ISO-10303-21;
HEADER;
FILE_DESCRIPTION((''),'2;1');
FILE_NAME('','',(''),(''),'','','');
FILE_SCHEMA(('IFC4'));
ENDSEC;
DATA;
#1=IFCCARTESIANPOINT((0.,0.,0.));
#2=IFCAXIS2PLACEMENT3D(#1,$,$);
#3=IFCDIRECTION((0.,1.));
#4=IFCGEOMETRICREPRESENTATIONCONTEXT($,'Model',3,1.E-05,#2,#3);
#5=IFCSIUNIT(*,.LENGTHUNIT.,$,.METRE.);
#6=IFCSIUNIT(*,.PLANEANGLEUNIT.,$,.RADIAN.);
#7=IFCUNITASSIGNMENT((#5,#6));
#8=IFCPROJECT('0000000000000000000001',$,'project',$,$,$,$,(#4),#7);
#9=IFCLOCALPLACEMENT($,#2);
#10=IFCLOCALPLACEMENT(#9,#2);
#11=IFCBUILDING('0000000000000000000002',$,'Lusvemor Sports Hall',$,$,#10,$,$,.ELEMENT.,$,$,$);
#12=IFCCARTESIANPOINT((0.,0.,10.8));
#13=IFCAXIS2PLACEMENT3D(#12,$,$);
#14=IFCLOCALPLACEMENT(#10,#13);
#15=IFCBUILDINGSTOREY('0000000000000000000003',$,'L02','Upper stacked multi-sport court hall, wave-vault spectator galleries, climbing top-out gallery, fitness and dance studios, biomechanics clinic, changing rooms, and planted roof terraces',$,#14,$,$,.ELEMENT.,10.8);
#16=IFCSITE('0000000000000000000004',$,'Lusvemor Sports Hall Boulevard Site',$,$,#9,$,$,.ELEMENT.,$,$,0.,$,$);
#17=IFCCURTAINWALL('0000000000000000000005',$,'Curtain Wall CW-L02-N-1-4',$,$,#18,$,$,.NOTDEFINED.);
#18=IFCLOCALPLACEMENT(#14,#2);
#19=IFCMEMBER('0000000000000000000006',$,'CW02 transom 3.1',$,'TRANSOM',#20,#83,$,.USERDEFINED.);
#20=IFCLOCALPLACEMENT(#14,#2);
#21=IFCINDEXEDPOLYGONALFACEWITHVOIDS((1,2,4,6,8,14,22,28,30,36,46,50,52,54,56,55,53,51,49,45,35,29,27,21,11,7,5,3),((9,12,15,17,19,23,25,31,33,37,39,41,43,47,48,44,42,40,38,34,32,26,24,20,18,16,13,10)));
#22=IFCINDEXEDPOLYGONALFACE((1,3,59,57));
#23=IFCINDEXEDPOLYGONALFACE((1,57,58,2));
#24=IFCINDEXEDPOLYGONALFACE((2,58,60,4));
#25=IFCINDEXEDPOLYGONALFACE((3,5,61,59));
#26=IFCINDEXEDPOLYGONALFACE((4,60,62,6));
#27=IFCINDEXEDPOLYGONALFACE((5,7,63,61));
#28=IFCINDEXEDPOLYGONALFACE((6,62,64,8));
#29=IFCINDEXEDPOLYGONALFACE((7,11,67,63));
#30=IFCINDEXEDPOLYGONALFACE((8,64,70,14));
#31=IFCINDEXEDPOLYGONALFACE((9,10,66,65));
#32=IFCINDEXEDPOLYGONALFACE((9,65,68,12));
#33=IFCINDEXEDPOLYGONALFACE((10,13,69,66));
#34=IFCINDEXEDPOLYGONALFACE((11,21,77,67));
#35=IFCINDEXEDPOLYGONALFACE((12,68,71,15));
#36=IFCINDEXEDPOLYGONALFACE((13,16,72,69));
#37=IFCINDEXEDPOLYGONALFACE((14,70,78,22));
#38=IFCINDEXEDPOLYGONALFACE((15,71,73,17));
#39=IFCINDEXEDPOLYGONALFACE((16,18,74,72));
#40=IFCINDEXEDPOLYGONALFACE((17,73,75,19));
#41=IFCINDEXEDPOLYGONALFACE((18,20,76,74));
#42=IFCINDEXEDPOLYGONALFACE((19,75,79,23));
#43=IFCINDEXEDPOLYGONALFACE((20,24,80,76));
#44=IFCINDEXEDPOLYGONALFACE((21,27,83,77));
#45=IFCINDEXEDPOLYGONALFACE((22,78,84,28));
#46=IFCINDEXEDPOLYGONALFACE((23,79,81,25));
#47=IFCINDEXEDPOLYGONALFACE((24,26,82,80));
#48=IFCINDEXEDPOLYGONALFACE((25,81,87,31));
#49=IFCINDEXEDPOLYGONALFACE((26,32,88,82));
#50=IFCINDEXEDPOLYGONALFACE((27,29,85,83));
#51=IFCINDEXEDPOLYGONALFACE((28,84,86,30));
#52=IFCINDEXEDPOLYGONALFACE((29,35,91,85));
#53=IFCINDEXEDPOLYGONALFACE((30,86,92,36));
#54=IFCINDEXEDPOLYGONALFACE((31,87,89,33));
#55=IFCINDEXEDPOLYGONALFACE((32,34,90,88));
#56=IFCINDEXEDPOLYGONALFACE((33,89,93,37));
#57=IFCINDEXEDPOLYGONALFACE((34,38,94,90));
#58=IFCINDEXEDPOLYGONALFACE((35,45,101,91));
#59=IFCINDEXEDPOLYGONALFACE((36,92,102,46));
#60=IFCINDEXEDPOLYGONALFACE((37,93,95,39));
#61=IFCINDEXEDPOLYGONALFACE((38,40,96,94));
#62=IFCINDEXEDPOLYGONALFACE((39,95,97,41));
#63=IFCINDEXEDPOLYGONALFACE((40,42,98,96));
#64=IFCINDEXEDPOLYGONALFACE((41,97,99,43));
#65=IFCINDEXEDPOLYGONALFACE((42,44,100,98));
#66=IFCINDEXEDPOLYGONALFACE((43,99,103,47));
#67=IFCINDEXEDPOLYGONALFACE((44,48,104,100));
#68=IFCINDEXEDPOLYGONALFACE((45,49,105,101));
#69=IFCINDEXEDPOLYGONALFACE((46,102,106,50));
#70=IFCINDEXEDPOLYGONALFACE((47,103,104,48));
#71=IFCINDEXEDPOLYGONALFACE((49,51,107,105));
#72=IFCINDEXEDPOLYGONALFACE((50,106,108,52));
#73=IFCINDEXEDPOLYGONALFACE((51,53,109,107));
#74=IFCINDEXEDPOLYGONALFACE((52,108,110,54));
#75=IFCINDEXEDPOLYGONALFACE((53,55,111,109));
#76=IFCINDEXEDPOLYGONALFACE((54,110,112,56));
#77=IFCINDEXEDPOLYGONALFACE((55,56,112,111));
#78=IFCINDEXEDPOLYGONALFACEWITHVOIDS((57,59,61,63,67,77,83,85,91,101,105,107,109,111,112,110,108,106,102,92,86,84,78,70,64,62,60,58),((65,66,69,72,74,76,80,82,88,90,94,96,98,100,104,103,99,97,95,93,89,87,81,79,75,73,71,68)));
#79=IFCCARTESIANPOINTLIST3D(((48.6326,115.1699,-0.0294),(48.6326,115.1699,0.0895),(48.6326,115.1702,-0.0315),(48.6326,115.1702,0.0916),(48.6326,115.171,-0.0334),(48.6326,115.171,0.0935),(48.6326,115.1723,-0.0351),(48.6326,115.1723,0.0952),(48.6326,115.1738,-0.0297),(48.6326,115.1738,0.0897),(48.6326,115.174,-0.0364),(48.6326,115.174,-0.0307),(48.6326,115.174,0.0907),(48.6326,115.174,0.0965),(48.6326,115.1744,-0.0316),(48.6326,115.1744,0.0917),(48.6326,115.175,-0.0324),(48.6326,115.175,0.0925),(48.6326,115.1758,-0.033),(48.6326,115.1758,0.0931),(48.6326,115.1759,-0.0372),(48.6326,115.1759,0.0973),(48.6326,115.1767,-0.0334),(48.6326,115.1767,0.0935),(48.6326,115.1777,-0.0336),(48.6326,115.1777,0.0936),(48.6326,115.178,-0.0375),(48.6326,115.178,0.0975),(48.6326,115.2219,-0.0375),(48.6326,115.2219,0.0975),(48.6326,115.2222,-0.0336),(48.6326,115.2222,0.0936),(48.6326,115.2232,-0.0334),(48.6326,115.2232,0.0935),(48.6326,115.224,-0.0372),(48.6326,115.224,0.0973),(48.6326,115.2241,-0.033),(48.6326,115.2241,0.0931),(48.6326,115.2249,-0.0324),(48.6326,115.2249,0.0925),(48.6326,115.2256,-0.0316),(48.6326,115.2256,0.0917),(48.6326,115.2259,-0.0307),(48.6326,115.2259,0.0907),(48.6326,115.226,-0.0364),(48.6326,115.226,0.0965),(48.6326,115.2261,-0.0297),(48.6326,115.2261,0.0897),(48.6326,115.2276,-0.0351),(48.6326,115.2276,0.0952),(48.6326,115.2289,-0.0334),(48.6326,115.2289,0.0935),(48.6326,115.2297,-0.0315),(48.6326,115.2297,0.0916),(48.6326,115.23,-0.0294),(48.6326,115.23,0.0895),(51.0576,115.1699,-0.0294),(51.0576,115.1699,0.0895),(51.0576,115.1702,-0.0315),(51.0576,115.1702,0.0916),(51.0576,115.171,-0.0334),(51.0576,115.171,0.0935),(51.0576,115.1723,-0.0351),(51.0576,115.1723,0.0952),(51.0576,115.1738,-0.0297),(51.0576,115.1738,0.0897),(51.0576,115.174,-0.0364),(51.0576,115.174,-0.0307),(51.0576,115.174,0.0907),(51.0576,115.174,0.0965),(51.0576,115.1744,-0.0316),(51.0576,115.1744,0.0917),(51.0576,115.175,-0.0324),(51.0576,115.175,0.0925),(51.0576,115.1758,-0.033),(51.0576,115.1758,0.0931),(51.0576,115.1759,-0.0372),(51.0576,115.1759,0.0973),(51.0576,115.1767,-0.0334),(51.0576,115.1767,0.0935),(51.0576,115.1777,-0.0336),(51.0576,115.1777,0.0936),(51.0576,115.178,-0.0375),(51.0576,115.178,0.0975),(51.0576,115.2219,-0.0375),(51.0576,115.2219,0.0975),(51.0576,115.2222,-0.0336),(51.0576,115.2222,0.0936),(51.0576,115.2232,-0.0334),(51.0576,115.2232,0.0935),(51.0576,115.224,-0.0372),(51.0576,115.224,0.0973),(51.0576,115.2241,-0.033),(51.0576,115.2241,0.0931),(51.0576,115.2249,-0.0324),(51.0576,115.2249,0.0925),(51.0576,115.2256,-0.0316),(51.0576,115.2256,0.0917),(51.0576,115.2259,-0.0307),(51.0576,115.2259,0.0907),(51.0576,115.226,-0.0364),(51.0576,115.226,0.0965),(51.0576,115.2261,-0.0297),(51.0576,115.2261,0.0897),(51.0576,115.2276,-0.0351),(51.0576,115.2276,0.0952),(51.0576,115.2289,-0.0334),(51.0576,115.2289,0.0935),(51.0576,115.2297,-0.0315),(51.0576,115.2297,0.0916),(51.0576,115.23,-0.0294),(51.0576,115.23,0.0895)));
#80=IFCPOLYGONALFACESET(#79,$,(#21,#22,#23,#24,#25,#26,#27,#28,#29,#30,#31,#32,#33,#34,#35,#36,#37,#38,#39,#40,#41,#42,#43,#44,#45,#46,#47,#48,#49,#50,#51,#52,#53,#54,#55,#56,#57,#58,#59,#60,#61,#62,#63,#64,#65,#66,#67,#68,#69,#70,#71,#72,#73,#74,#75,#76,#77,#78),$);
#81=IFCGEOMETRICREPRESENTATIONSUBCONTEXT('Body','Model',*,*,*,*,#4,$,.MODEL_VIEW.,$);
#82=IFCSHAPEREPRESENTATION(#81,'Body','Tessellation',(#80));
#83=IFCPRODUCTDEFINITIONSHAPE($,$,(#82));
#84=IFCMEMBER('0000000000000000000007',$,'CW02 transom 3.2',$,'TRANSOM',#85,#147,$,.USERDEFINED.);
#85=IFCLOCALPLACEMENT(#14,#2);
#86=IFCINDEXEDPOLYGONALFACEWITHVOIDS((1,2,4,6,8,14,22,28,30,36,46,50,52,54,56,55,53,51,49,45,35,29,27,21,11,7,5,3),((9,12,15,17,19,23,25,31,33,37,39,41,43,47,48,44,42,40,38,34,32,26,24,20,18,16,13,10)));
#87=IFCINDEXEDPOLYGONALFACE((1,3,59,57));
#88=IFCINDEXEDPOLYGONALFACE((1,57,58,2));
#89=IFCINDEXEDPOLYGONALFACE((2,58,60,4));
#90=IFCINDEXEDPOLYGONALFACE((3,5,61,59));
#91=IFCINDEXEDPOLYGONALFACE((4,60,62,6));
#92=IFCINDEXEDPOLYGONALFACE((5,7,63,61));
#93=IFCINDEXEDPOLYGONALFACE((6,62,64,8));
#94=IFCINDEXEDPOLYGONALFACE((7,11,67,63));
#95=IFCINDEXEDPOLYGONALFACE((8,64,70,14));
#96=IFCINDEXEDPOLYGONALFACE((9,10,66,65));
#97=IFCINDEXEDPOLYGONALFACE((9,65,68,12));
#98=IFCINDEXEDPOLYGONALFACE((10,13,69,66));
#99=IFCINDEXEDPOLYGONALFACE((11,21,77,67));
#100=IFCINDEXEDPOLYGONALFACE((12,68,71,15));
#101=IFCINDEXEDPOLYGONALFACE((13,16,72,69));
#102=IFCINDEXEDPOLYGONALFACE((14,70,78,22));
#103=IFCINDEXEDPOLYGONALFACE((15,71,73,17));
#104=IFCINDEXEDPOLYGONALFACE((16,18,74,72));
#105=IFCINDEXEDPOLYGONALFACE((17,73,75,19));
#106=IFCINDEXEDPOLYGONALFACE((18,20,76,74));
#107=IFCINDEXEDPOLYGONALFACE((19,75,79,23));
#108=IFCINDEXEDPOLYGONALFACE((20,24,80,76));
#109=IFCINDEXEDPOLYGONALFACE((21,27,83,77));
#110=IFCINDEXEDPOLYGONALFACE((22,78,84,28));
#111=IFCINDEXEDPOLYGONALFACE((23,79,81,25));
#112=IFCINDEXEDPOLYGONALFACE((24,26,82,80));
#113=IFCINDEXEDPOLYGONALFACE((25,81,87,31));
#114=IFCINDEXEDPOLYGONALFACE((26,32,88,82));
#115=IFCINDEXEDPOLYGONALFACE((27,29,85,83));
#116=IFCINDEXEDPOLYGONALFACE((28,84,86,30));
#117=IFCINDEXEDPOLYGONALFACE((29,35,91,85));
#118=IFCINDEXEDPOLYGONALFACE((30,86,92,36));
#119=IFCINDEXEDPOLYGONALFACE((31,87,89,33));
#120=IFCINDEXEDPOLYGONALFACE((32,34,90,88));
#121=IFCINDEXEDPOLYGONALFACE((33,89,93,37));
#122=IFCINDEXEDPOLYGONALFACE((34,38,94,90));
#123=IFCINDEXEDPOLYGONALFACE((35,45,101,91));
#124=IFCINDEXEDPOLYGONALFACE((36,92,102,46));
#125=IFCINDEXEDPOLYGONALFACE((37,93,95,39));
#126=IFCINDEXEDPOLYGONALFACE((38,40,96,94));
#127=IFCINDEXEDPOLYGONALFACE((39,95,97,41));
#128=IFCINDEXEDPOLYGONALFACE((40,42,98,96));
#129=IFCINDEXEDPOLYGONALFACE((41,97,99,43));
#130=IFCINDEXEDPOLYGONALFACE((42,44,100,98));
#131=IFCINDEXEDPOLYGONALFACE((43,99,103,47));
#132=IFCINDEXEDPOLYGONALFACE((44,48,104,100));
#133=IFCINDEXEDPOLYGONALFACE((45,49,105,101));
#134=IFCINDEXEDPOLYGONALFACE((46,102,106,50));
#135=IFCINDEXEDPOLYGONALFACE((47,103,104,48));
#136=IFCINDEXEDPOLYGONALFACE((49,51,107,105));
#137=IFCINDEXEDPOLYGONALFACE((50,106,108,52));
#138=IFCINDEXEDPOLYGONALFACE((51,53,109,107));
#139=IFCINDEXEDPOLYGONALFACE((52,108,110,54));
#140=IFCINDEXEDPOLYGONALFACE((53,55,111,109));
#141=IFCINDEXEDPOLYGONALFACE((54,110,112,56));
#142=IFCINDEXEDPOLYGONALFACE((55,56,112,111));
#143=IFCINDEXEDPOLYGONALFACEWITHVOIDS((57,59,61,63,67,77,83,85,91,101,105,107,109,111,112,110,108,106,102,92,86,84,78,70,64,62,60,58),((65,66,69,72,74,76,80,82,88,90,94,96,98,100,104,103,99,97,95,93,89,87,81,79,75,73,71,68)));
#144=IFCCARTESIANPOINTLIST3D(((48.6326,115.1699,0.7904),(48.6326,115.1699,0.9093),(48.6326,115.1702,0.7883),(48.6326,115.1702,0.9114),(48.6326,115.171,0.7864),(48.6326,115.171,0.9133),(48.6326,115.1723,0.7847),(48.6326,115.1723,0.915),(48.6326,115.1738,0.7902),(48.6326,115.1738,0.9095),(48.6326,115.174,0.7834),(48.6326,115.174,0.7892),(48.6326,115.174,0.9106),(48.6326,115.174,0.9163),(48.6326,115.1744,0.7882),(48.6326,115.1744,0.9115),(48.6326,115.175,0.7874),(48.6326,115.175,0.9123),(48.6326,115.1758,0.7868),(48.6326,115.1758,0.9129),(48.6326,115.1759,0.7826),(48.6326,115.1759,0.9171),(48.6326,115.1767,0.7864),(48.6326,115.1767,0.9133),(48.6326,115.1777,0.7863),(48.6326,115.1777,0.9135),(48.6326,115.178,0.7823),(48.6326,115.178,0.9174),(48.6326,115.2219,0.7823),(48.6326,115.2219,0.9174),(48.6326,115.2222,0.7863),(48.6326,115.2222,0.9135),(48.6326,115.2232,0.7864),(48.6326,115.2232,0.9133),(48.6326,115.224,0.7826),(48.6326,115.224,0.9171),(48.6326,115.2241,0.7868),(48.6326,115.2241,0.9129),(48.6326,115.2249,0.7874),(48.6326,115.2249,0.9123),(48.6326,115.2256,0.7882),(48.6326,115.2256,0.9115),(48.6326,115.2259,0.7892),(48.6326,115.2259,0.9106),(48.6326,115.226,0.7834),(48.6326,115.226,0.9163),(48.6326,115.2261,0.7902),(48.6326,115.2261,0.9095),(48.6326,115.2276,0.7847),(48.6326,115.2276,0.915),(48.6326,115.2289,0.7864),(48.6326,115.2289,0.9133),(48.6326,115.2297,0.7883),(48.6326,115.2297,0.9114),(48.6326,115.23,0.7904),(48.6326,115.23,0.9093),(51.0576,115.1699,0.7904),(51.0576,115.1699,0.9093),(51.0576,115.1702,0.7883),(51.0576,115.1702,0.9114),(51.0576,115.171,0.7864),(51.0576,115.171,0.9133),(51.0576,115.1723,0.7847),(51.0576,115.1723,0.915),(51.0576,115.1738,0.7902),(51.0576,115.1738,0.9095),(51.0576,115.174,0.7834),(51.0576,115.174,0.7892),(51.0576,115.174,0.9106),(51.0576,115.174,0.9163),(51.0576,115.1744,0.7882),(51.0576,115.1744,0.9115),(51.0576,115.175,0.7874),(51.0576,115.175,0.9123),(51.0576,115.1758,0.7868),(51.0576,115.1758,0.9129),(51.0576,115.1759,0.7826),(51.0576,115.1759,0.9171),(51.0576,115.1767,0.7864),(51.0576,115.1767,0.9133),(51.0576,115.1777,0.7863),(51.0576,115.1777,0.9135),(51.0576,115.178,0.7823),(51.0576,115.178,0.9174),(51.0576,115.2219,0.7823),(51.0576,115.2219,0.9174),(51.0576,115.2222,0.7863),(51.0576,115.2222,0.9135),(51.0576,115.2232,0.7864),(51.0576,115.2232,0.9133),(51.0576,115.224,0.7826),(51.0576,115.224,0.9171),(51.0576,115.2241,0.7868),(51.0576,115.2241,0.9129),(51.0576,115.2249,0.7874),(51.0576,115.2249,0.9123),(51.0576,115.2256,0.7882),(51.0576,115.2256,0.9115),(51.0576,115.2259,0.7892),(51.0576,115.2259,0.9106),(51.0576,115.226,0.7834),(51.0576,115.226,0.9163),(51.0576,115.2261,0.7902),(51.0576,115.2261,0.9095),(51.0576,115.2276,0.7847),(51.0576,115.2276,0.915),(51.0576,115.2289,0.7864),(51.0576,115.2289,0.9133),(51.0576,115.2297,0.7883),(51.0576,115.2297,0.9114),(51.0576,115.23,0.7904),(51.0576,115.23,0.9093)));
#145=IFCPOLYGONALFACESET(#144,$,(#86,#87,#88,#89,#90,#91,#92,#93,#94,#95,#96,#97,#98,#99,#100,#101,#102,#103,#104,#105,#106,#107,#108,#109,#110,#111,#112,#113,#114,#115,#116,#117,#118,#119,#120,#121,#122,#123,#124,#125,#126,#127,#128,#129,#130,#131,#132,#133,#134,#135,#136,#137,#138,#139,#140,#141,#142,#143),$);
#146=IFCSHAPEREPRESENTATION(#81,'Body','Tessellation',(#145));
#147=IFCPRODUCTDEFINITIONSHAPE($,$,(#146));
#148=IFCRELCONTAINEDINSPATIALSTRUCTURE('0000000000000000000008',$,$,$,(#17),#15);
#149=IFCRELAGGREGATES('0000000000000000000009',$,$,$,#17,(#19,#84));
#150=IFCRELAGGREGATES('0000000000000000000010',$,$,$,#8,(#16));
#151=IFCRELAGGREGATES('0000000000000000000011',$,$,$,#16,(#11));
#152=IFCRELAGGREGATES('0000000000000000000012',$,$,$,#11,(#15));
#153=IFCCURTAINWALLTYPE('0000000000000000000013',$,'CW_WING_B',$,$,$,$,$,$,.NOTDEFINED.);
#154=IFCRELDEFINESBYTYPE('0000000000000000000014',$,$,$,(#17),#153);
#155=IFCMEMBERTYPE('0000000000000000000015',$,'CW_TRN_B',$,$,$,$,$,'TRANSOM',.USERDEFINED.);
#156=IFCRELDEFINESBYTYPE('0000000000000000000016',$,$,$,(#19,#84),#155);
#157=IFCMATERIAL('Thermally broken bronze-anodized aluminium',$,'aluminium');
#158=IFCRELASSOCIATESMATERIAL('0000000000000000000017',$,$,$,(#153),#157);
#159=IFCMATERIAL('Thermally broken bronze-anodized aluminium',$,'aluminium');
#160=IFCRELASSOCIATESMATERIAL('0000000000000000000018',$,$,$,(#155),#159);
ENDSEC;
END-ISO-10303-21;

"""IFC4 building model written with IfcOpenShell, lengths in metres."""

from ifc_helpers import new_model, si_unit, direction, frame, origin, origin_2d, place, context, subcontext, project, spatial, hollow_rectangle, extrude, material, material_profile, profile_set, type_object, element, aggregate, save


model = new_model("IFC4")

# Units and contexts
model_context = context("Model", 3, precision=1e-05, world=origin(), true_north=direction((0.0, 1.0)))
body_context = subcontext(model_context, "Body", "Model", "MODEL_VIEW")
ifc_project = project(units=[si_unit("LENGTHUNIT", "METRE"), si_unit("PLANEANGLEUNIT", "RADIAN")], contexts=[model_context])

# Site, building, storey
site_placement = place(None, origin())
site = spatial("IfcSite", under=ifc_project, at=site_placement, Name="Lusvemor Sports Hall Boulevard Site", CompositionType="ELEMENT", RefElevation=0.0)
building_placement = place(site_placement, origin())
building = spatial("IfcBuilding", under=site, at=building_placement, Name="Lusvemor Sports Hall", CompositionType="ELEMENT")
storey_placement = place(building_placement, frame((0.0, 0.0, 10.8)))
storey = spatial("IfcBuildingStorey", under=building, at=storey_placement, Name="L02", Description="Upper stacked multi-sport court hall, wave-vault spectator galleries, climbing top-out gallery, fitness and dance studios, biomechanics clinic, changing rooms, and planted roof terraces", CompositionType="ELEMENT", Elevation=10.8)

# Curtain wall, members
ifc_material_1 = material(Name="Thermally broken bronze-anodized aluminium", Category="aluminium")
curtain_wall_type = type_object("IfcCurtainWallType", Name="CW_WING_B", PredefinedType="NOTDEFINED", material=ifc_material_1)
curtain_wall_placement = place(storey_placement, origin())
curtain_wall = element("IfcCurtainWall", 1, at=curtain_wall_placement, inside=storey, type_object=curtain_wall_type, Name="Curtain Wall CW-L02-N-1-4", PredefinedType="NOTDEFINED")
ifc_material_2 = material(Name="Thermally broken bronze-anodized aluminium", Category="aluminium")
ifc_material_profile_1 = material_profile(ifc_material_2, hollow_rectangle(XDim=0.0601, YDim=0.135, WallThickness=0.0039, InnerFilletRadius=0.0039, OuterFilletRadius=0.0081, at=origin_2d()), Name="CWTRN135x60x4")
ifc_profile_set_1 = profile_set([ifc_material_profile_1], Name="Thermally broken bronze-anodized aluminium")
member_type_1 = type_object("IfcMemberType", Name="CW_TRN_B", ElementType="TRANSOM", PredefinedType="USERDEFINED", material=ifc_profile_set_1)
member_1_placement = place(storey_placement, frame((48.6326, 115.2, 0.03), z_axis=(1.0, 0.0, 0.0), x_axis=(0.0, 1.0, 0.0)))
member_1 = element("IfcMember", 2, at=member_1_placement, type_object=member_type_1, Name="CW02 transom 3.1", ObjectType="TRANSOM", PredefinedType="USERDEFINED", context=body_context, shape_type="SweptSolid", body=[
    extrude(hollow_rectangle(XDim=0.0601, YDim=0.135, WallThickness=0.0039, InnerFilletRadius=0.0039, OuterFilletRadius=0.0081, at=origin_2d()), origin(), (0.0, 0.0, 1.0), 2.425),
])
member_2_placement = place(storey_placement, frame((48.6326, 115.2, 0.8499), z_axis=(1.0, 0.0, 0.0), x_axis=(0.0, 1.0, 0.0)))
member_2 = element("IfcMember", 3, at=member_2_placement, type_object=member_type_1, Name="CW02 transom 3.2", ObjectType="TRANSOM", PredefinedType="USERDEFINED", context=body_context, shape_type="SweptSolid", body=[
    extrude(hollow_rectangle(XDim=0.0601, YDim=0.135, WallThickness=0.0039, InnerFilletRadius=0.0039, OuterFilletRadius=0.0081, at=origin_2d()), origin(), (0.0, 0.0, 1.0), 2.425),
])

aggregate(curtain_wall, [member_1, member_2])

save(model, "model.ifc")
